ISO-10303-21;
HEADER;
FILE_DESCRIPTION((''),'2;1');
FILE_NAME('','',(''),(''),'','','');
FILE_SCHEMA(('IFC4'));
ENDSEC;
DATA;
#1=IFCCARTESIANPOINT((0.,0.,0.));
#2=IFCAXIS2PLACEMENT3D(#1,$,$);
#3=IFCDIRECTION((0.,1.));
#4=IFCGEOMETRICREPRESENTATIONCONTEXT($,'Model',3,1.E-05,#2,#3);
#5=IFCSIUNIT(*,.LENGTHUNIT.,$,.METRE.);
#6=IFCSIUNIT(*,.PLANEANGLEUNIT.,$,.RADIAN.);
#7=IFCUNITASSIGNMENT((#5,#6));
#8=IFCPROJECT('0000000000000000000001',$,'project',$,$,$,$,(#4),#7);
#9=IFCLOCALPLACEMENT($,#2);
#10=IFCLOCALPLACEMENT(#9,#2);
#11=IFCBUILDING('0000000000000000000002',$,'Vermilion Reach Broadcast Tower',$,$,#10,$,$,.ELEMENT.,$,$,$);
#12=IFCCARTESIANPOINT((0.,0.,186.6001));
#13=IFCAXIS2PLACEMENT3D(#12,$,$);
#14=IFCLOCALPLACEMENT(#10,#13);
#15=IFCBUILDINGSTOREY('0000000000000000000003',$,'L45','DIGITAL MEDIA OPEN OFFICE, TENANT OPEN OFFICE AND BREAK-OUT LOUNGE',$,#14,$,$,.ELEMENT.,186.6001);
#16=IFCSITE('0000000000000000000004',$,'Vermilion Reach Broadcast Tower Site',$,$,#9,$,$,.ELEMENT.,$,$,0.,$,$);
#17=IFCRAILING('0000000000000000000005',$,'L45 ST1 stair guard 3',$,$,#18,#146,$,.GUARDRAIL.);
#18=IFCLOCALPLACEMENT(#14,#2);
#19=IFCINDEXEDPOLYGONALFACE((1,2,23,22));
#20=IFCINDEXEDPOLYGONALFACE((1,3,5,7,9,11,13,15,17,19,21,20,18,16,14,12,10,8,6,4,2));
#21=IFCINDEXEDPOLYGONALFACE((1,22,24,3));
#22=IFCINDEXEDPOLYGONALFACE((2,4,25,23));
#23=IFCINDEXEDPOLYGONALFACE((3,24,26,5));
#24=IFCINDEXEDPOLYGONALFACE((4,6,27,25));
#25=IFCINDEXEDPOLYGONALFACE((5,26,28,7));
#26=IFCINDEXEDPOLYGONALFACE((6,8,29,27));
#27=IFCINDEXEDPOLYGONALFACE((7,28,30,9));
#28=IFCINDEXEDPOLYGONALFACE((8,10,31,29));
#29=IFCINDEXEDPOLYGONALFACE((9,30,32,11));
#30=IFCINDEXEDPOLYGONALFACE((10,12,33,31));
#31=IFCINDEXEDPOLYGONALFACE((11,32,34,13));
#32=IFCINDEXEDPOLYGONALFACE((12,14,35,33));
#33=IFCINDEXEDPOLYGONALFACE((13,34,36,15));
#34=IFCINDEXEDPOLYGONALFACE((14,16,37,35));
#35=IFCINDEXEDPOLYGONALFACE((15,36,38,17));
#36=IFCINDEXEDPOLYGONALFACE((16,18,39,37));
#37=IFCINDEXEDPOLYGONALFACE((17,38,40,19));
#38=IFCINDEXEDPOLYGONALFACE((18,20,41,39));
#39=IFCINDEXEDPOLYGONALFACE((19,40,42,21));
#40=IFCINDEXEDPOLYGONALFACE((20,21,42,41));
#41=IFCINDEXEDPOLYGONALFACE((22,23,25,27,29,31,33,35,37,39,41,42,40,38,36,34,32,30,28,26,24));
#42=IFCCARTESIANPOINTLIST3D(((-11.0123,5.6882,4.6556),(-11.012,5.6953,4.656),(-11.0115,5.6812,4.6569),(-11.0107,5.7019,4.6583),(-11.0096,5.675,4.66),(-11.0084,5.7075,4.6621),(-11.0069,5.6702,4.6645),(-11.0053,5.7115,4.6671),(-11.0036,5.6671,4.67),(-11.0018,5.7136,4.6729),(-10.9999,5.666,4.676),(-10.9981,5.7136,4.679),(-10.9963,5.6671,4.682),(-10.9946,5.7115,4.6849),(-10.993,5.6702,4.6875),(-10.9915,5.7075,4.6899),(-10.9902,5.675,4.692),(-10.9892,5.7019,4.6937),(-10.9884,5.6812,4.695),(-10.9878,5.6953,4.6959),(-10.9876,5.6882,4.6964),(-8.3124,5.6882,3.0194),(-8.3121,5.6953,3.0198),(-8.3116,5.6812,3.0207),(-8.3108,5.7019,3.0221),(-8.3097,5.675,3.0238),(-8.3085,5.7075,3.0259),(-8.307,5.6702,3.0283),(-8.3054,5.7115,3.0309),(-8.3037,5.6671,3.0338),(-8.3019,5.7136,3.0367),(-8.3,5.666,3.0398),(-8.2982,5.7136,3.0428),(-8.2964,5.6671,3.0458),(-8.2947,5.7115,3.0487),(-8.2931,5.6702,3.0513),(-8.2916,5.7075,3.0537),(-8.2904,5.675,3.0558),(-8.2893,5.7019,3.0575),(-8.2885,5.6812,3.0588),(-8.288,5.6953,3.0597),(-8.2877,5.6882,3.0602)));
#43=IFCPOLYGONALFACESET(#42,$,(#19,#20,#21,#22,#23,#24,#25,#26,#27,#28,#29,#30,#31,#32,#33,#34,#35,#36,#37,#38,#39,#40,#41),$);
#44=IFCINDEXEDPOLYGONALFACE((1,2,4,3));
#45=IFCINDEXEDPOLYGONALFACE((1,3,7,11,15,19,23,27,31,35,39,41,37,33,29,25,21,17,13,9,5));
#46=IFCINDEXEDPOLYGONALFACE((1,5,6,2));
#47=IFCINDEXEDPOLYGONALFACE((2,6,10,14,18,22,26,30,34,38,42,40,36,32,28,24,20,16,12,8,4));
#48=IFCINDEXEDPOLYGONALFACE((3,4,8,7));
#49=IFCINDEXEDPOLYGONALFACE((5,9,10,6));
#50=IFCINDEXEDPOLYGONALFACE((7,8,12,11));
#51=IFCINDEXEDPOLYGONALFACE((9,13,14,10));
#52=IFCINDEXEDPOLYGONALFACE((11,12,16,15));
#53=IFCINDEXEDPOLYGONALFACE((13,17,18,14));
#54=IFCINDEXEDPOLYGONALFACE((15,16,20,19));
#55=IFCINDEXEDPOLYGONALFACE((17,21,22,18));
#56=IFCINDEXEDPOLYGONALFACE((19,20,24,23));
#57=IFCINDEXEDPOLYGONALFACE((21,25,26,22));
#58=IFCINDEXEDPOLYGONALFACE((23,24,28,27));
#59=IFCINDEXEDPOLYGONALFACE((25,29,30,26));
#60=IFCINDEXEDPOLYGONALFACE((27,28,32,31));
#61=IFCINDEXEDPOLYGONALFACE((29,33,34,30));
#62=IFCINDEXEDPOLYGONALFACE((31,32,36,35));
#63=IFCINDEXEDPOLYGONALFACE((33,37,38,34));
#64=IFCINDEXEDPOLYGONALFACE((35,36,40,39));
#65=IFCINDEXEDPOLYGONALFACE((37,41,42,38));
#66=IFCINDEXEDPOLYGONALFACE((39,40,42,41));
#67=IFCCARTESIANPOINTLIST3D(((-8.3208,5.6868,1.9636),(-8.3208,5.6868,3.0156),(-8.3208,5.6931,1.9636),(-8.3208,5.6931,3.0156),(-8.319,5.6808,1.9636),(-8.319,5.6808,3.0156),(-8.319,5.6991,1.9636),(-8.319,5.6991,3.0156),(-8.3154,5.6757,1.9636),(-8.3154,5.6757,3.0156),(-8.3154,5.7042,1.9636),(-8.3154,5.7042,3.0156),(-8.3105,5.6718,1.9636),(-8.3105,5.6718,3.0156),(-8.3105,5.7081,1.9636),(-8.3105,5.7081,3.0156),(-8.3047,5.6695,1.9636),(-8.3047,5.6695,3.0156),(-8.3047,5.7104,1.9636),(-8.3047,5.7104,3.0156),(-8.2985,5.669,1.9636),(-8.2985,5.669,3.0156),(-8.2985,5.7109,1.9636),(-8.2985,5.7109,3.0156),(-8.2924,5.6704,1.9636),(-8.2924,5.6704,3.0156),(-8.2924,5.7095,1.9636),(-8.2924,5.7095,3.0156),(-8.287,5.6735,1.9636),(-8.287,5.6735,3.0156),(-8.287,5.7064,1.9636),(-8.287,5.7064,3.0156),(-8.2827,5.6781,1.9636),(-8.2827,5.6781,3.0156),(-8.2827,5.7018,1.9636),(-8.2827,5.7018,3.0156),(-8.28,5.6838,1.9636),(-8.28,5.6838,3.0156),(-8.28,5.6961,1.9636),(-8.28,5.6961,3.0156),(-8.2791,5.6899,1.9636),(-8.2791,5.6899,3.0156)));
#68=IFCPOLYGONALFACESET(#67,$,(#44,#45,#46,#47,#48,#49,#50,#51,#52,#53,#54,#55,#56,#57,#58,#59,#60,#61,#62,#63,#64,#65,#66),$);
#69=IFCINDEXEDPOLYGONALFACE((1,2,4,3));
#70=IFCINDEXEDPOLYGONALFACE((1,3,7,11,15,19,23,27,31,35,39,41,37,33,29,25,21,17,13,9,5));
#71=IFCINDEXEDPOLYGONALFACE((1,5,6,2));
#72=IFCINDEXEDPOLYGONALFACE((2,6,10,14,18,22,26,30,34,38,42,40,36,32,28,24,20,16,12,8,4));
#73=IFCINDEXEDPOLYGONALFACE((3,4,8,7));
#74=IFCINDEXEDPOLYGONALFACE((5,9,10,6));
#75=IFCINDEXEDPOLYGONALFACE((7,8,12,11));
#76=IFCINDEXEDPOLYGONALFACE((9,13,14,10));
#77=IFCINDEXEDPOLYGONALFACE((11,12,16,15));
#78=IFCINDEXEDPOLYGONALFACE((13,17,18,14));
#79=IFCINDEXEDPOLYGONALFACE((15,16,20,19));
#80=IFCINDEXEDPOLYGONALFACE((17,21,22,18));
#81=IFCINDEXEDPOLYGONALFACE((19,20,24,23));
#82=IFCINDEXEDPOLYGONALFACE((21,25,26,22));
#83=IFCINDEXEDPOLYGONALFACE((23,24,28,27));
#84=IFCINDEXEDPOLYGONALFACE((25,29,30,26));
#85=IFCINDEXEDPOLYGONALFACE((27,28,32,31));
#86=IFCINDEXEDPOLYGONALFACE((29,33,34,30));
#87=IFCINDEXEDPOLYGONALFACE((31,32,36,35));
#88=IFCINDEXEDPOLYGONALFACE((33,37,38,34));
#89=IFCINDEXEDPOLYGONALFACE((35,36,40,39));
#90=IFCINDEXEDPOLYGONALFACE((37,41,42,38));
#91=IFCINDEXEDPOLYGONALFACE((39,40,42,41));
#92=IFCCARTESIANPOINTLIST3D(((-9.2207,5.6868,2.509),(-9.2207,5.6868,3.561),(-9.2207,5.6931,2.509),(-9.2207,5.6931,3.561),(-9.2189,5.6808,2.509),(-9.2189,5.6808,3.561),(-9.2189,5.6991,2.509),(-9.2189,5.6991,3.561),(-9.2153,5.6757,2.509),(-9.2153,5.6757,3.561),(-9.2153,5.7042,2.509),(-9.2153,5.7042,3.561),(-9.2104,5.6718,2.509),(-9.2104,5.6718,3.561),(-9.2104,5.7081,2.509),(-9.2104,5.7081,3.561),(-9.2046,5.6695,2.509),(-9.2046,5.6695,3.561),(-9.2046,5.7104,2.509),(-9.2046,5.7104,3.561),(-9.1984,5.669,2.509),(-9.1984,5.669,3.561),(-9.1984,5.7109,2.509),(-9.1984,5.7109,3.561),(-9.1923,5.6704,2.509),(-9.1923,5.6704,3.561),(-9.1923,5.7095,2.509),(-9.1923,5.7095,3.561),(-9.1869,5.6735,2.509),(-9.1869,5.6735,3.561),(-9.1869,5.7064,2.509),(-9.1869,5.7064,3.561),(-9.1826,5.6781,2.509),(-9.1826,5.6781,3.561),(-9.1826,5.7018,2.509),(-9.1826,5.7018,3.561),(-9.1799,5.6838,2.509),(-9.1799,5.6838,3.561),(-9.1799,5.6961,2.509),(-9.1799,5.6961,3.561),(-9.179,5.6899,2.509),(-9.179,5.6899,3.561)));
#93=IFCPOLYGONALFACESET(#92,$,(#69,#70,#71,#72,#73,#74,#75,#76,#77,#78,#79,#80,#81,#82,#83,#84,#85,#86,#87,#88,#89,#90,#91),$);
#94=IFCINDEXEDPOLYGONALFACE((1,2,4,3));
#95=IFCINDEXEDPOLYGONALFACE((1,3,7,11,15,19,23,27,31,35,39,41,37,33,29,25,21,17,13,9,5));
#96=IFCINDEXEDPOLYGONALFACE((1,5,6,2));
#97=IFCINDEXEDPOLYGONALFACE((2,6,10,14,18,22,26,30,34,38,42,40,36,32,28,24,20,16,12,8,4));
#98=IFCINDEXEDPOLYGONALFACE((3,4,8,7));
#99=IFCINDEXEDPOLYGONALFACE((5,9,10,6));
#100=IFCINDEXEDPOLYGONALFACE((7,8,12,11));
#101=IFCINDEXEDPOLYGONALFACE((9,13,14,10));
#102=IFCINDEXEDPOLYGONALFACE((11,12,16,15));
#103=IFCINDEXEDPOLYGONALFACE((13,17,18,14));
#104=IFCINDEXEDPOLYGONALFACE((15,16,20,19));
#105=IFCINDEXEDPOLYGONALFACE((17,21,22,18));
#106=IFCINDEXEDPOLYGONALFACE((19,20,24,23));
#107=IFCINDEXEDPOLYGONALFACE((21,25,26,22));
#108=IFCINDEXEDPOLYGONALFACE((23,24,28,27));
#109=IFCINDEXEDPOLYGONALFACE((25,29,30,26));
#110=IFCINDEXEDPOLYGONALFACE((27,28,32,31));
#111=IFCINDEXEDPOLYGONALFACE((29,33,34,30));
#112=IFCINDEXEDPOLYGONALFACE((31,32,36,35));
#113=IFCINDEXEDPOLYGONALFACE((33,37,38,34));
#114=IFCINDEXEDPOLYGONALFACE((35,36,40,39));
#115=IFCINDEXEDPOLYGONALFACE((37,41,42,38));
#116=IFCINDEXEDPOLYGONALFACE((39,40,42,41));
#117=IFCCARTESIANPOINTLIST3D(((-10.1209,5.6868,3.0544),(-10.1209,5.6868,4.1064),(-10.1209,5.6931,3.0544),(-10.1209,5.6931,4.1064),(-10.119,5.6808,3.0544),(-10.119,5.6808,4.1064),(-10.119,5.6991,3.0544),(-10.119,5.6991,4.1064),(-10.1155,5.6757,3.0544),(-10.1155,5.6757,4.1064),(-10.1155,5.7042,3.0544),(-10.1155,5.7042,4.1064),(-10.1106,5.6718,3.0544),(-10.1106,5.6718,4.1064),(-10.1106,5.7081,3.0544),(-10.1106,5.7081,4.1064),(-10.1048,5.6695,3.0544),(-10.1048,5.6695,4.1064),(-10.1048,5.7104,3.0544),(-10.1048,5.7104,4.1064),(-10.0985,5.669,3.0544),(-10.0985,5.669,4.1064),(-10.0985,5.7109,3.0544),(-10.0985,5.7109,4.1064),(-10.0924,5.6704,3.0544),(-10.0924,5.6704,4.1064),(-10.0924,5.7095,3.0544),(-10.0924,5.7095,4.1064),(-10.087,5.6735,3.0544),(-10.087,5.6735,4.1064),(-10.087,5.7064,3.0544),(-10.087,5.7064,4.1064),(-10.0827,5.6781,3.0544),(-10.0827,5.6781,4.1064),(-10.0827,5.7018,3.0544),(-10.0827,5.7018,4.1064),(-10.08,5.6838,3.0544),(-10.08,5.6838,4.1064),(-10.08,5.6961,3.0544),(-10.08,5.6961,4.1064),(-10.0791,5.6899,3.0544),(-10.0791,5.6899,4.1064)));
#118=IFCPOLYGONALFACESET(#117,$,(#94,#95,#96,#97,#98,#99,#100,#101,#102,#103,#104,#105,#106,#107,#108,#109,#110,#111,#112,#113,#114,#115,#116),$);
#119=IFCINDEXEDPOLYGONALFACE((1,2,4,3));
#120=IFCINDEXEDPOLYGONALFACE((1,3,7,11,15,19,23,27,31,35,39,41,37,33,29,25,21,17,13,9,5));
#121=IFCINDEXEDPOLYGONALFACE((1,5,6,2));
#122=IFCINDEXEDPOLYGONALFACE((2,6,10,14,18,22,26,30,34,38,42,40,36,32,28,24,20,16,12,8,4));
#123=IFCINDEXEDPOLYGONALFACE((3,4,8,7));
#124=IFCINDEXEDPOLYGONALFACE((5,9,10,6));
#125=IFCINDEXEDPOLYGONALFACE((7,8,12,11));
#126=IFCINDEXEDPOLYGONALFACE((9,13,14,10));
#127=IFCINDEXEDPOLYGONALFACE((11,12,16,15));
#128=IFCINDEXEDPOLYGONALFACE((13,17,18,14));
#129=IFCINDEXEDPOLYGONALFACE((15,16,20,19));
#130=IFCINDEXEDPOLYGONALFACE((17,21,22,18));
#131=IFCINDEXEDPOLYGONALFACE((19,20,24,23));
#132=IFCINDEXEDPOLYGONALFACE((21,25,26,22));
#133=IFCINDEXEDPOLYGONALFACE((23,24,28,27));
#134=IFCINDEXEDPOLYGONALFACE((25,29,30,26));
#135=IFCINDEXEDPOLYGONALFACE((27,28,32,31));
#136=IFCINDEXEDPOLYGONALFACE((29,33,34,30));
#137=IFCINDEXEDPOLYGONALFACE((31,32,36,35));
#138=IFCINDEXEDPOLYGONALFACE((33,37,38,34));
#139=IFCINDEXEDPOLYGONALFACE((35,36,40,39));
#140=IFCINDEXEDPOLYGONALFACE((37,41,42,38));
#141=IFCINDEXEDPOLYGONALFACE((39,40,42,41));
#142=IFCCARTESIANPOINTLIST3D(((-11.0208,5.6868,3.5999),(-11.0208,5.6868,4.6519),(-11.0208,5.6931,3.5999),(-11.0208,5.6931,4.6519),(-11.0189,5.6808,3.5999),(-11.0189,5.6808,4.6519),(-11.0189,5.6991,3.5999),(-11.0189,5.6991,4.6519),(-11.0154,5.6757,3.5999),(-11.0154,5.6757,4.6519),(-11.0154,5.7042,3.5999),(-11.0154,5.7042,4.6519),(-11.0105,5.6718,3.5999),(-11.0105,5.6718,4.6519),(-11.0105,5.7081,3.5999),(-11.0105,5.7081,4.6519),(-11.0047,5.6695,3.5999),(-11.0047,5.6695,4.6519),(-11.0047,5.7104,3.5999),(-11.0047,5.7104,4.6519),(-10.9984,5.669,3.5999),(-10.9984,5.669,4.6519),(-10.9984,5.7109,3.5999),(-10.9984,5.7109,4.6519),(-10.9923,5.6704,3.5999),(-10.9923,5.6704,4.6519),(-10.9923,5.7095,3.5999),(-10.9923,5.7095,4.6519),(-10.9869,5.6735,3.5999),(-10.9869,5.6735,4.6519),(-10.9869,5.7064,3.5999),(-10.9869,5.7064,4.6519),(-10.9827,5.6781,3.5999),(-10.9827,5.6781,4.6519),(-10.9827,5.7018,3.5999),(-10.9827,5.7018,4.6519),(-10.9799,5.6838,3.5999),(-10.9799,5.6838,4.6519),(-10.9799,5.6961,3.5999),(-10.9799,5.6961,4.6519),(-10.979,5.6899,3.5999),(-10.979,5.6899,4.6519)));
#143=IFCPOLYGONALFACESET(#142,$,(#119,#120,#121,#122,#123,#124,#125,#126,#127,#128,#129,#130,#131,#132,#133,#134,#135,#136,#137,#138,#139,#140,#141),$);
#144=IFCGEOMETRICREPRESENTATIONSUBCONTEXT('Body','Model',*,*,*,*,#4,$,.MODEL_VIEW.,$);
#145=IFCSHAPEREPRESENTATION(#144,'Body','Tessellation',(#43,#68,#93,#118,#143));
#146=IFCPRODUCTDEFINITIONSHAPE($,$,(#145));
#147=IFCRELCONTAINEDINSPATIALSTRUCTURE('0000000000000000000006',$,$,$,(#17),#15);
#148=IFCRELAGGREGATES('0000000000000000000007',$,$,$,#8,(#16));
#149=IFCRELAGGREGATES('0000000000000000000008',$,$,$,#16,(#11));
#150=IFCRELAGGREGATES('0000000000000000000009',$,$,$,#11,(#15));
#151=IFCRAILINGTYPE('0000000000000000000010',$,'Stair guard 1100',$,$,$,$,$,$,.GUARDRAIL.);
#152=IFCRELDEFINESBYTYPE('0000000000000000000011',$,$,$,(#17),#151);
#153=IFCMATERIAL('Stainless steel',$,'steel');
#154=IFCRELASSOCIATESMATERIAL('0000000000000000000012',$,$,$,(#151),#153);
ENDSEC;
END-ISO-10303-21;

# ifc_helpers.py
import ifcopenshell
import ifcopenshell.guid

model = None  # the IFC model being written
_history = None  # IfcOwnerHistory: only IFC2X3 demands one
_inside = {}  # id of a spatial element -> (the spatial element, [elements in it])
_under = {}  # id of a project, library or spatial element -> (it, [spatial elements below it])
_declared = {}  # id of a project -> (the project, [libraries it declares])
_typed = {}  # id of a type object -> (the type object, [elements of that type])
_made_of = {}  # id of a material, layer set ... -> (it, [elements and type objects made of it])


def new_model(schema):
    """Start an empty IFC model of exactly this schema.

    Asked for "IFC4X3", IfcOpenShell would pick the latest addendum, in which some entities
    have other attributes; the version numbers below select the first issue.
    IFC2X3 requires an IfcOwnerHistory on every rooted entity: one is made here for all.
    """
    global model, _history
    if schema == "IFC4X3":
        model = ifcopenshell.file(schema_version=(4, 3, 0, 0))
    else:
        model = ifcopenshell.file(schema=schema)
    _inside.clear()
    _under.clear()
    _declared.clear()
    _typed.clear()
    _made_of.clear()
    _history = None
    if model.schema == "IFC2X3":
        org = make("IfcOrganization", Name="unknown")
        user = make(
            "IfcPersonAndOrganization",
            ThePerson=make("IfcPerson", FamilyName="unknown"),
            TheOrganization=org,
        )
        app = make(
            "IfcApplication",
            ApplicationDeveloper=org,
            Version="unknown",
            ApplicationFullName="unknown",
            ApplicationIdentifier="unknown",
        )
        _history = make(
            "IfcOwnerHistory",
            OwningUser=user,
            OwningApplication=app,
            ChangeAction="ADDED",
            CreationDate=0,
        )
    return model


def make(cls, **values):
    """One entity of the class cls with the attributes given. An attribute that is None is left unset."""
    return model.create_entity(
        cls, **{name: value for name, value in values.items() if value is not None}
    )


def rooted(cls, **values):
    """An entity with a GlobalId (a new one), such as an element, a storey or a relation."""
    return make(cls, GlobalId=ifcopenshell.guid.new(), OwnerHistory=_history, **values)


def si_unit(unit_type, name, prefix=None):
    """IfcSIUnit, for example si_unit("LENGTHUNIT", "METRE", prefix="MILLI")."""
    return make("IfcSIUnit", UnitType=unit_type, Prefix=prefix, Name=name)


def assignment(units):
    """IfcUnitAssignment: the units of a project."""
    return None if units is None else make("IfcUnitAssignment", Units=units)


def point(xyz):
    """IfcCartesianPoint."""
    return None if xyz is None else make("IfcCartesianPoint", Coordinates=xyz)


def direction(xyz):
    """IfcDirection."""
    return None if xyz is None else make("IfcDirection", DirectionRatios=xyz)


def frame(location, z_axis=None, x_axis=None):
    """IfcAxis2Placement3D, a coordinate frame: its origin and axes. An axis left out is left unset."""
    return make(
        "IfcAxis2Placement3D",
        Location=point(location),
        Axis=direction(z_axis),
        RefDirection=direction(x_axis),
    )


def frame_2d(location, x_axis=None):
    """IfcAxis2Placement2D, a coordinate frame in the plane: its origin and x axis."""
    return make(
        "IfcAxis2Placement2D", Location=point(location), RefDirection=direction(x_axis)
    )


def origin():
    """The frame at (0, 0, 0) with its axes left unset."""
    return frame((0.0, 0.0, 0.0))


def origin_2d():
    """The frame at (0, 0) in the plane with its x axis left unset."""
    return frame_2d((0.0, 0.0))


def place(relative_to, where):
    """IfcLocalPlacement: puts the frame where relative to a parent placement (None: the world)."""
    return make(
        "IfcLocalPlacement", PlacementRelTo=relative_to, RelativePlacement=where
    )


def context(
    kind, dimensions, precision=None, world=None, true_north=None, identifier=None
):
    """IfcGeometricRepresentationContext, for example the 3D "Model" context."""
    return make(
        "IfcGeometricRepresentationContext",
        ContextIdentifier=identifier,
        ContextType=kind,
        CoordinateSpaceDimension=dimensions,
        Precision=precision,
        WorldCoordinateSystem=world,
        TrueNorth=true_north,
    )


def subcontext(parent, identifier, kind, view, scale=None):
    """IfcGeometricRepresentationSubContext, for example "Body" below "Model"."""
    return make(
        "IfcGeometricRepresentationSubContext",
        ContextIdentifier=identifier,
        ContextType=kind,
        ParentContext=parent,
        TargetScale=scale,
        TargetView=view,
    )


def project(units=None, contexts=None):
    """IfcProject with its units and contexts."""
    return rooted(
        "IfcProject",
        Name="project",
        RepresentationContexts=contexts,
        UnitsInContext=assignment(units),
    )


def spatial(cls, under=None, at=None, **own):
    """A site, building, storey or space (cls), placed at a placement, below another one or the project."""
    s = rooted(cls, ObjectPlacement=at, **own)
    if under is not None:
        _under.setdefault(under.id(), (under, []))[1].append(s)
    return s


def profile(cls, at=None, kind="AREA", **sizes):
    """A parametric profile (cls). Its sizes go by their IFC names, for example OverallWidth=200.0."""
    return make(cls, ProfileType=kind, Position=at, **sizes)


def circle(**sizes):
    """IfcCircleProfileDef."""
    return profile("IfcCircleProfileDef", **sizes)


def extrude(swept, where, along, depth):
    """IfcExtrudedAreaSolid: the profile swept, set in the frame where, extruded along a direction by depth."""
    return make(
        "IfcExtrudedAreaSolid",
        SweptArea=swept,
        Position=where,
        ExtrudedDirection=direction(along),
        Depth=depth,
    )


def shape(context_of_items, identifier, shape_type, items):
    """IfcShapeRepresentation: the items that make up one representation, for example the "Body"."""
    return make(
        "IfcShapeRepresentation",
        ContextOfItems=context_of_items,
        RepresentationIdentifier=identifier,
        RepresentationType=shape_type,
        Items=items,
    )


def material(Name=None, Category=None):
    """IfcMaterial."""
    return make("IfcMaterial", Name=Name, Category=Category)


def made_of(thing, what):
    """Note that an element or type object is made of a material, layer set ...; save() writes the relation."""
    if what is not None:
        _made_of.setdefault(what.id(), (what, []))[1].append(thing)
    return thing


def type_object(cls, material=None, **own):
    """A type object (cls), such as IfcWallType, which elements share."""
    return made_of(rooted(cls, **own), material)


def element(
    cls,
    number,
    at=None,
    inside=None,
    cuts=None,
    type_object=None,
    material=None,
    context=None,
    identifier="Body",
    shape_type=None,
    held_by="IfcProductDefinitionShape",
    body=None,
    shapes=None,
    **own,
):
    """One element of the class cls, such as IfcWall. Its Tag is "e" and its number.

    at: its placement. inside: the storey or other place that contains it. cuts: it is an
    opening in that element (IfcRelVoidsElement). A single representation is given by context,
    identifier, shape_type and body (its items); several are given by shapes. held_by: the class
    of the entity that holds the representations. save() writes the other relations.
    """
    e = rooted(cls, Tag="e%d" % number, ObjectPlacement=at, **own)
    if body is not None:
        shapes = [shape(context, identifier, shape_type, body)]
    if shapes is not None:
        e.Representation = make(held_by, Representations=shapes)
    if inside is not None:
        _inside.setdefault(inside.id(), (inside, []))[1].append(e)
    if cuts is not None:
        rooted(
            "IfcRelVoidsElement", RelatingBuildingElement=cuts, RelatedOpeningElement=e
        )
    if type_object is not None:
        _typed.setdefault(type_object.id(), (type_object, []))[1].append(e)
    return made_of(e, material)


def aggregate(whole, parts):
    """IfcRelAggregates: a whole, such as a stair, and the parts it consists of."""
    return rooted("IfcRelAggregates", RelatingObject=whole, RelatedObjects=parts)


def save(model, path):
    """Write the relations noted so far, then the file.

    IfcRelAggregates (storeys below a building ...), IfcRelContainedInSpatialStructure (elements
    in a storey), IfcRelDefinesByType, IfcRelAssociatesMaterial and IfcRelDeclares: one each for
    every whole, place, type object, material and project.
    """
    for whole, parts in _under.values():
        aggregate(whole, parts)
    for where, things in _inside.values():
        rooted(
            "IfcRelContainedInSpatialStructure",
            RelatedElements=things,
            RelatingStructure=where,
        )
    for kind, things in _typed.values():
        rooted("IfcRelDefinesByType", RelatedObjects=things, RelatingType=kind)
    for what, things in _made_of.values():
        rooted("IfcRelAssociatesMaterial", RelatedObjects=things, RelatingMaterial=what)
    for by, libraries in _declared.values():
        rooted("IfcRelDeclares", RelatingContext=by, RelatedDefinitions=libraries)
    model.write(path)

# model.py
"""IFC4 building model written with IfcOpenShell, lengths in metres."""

from ifc_helpers import new_model, si_unit, direction, frame, origin, origin_2d, place, context, subcontext, project, spatial, circle, extrude, material, type_object, element, save


model = new_model("IFC4")

# Units and contexts
model_context = context("Model", 3, precision=1e-05, world=origin(), true_north=direction((0.0, 1.0)))
body_context = subcontext(model_context, "Body", "Model", "MODEL_VIEW")
ifc_project = project(units=[si_unit("LENGTHUNIT", "METRE"), si_unit("PLANEANGLEUNIT", "RADIAN")], contexts=[model_context])

# Site, building, storey
site_placement = place(None, origin())
site = spatial("IfcSite", under=ifc_project, at=site_placement, Name="Vermilion Reach Broadcast Tower Site", CompositionType="ELEMENT", RefElevation=0.0)
building_placement = place(site_placement, origin())
building = spatial("IfcBuilding", under=site, at=building_placement, Name="Vermilion Reach Broadcast Tower", CompositionType="ELEMENT")
storey_placement = place(building_placement, frame((0.0, 0.0, 186.6001)))
storey = spatial("IfcBuildingStorey", under=building, at=storey_placement, Name="L45", Description="DIGITAL MEDIA OPEN OFFICE, TENANT OPEN OFFICE AND BREAK-OUT LOUNGE", CompositionType="ELEMENT", Elevation=186.6001)

# Railing
ifc_material_1 = material(Name="Stainless steel", Category="steel")
railing_type_1 = type_object("IfcRailingType", Name="Stair guard 1100", PredefinedType="GUARDRAIL", material=ifc_material_1)
railing_1_placement = place(storey_placement, frame((-8.3, 5.6899, 1.9636)))
element("IfcRailing", 1, at=railing_1_placement, inside=storey, type_object=railing_type_1, Name="L45 ST1 stair guard 3", PredefinedType="GUARDRAIL", context=body_context, shape_type="SweptSolid", body=[
    extrude(circle(Radius=0.0239, at=origin_2d()), frame((0.0, 0.0, 1.0762), z_axis=(-0.855212, 0.0, 0.518278), x_axis=(0.0, -1.0, 0.0)), (0.0, 0.0, 1.0), 3.157),
    extrude(circle(Radius=0.021, at=origin_2d()), origin(), (0.0, 0.0, 1.0), 1.052),
    extrude(circle(Radius=0.021, at=origin_2d()), frame((-0.8999, 0.0, 0.5454)), (0.0, 0.0, 1.0), 1.052),
    extrude(circle(Radius=0.021, at=origin_2d()), frame((-1.8, 0.0, 1.0908)), (0.0, 0.0, 1.0), 1.052),
    extrude(circle(Radius=0.021, at=origin_2d()), frame((-2.7, 0.0, 1.6362)), (0.0, 0.0, 1.0), 1.052),
])

save(model, "model.ifc")
